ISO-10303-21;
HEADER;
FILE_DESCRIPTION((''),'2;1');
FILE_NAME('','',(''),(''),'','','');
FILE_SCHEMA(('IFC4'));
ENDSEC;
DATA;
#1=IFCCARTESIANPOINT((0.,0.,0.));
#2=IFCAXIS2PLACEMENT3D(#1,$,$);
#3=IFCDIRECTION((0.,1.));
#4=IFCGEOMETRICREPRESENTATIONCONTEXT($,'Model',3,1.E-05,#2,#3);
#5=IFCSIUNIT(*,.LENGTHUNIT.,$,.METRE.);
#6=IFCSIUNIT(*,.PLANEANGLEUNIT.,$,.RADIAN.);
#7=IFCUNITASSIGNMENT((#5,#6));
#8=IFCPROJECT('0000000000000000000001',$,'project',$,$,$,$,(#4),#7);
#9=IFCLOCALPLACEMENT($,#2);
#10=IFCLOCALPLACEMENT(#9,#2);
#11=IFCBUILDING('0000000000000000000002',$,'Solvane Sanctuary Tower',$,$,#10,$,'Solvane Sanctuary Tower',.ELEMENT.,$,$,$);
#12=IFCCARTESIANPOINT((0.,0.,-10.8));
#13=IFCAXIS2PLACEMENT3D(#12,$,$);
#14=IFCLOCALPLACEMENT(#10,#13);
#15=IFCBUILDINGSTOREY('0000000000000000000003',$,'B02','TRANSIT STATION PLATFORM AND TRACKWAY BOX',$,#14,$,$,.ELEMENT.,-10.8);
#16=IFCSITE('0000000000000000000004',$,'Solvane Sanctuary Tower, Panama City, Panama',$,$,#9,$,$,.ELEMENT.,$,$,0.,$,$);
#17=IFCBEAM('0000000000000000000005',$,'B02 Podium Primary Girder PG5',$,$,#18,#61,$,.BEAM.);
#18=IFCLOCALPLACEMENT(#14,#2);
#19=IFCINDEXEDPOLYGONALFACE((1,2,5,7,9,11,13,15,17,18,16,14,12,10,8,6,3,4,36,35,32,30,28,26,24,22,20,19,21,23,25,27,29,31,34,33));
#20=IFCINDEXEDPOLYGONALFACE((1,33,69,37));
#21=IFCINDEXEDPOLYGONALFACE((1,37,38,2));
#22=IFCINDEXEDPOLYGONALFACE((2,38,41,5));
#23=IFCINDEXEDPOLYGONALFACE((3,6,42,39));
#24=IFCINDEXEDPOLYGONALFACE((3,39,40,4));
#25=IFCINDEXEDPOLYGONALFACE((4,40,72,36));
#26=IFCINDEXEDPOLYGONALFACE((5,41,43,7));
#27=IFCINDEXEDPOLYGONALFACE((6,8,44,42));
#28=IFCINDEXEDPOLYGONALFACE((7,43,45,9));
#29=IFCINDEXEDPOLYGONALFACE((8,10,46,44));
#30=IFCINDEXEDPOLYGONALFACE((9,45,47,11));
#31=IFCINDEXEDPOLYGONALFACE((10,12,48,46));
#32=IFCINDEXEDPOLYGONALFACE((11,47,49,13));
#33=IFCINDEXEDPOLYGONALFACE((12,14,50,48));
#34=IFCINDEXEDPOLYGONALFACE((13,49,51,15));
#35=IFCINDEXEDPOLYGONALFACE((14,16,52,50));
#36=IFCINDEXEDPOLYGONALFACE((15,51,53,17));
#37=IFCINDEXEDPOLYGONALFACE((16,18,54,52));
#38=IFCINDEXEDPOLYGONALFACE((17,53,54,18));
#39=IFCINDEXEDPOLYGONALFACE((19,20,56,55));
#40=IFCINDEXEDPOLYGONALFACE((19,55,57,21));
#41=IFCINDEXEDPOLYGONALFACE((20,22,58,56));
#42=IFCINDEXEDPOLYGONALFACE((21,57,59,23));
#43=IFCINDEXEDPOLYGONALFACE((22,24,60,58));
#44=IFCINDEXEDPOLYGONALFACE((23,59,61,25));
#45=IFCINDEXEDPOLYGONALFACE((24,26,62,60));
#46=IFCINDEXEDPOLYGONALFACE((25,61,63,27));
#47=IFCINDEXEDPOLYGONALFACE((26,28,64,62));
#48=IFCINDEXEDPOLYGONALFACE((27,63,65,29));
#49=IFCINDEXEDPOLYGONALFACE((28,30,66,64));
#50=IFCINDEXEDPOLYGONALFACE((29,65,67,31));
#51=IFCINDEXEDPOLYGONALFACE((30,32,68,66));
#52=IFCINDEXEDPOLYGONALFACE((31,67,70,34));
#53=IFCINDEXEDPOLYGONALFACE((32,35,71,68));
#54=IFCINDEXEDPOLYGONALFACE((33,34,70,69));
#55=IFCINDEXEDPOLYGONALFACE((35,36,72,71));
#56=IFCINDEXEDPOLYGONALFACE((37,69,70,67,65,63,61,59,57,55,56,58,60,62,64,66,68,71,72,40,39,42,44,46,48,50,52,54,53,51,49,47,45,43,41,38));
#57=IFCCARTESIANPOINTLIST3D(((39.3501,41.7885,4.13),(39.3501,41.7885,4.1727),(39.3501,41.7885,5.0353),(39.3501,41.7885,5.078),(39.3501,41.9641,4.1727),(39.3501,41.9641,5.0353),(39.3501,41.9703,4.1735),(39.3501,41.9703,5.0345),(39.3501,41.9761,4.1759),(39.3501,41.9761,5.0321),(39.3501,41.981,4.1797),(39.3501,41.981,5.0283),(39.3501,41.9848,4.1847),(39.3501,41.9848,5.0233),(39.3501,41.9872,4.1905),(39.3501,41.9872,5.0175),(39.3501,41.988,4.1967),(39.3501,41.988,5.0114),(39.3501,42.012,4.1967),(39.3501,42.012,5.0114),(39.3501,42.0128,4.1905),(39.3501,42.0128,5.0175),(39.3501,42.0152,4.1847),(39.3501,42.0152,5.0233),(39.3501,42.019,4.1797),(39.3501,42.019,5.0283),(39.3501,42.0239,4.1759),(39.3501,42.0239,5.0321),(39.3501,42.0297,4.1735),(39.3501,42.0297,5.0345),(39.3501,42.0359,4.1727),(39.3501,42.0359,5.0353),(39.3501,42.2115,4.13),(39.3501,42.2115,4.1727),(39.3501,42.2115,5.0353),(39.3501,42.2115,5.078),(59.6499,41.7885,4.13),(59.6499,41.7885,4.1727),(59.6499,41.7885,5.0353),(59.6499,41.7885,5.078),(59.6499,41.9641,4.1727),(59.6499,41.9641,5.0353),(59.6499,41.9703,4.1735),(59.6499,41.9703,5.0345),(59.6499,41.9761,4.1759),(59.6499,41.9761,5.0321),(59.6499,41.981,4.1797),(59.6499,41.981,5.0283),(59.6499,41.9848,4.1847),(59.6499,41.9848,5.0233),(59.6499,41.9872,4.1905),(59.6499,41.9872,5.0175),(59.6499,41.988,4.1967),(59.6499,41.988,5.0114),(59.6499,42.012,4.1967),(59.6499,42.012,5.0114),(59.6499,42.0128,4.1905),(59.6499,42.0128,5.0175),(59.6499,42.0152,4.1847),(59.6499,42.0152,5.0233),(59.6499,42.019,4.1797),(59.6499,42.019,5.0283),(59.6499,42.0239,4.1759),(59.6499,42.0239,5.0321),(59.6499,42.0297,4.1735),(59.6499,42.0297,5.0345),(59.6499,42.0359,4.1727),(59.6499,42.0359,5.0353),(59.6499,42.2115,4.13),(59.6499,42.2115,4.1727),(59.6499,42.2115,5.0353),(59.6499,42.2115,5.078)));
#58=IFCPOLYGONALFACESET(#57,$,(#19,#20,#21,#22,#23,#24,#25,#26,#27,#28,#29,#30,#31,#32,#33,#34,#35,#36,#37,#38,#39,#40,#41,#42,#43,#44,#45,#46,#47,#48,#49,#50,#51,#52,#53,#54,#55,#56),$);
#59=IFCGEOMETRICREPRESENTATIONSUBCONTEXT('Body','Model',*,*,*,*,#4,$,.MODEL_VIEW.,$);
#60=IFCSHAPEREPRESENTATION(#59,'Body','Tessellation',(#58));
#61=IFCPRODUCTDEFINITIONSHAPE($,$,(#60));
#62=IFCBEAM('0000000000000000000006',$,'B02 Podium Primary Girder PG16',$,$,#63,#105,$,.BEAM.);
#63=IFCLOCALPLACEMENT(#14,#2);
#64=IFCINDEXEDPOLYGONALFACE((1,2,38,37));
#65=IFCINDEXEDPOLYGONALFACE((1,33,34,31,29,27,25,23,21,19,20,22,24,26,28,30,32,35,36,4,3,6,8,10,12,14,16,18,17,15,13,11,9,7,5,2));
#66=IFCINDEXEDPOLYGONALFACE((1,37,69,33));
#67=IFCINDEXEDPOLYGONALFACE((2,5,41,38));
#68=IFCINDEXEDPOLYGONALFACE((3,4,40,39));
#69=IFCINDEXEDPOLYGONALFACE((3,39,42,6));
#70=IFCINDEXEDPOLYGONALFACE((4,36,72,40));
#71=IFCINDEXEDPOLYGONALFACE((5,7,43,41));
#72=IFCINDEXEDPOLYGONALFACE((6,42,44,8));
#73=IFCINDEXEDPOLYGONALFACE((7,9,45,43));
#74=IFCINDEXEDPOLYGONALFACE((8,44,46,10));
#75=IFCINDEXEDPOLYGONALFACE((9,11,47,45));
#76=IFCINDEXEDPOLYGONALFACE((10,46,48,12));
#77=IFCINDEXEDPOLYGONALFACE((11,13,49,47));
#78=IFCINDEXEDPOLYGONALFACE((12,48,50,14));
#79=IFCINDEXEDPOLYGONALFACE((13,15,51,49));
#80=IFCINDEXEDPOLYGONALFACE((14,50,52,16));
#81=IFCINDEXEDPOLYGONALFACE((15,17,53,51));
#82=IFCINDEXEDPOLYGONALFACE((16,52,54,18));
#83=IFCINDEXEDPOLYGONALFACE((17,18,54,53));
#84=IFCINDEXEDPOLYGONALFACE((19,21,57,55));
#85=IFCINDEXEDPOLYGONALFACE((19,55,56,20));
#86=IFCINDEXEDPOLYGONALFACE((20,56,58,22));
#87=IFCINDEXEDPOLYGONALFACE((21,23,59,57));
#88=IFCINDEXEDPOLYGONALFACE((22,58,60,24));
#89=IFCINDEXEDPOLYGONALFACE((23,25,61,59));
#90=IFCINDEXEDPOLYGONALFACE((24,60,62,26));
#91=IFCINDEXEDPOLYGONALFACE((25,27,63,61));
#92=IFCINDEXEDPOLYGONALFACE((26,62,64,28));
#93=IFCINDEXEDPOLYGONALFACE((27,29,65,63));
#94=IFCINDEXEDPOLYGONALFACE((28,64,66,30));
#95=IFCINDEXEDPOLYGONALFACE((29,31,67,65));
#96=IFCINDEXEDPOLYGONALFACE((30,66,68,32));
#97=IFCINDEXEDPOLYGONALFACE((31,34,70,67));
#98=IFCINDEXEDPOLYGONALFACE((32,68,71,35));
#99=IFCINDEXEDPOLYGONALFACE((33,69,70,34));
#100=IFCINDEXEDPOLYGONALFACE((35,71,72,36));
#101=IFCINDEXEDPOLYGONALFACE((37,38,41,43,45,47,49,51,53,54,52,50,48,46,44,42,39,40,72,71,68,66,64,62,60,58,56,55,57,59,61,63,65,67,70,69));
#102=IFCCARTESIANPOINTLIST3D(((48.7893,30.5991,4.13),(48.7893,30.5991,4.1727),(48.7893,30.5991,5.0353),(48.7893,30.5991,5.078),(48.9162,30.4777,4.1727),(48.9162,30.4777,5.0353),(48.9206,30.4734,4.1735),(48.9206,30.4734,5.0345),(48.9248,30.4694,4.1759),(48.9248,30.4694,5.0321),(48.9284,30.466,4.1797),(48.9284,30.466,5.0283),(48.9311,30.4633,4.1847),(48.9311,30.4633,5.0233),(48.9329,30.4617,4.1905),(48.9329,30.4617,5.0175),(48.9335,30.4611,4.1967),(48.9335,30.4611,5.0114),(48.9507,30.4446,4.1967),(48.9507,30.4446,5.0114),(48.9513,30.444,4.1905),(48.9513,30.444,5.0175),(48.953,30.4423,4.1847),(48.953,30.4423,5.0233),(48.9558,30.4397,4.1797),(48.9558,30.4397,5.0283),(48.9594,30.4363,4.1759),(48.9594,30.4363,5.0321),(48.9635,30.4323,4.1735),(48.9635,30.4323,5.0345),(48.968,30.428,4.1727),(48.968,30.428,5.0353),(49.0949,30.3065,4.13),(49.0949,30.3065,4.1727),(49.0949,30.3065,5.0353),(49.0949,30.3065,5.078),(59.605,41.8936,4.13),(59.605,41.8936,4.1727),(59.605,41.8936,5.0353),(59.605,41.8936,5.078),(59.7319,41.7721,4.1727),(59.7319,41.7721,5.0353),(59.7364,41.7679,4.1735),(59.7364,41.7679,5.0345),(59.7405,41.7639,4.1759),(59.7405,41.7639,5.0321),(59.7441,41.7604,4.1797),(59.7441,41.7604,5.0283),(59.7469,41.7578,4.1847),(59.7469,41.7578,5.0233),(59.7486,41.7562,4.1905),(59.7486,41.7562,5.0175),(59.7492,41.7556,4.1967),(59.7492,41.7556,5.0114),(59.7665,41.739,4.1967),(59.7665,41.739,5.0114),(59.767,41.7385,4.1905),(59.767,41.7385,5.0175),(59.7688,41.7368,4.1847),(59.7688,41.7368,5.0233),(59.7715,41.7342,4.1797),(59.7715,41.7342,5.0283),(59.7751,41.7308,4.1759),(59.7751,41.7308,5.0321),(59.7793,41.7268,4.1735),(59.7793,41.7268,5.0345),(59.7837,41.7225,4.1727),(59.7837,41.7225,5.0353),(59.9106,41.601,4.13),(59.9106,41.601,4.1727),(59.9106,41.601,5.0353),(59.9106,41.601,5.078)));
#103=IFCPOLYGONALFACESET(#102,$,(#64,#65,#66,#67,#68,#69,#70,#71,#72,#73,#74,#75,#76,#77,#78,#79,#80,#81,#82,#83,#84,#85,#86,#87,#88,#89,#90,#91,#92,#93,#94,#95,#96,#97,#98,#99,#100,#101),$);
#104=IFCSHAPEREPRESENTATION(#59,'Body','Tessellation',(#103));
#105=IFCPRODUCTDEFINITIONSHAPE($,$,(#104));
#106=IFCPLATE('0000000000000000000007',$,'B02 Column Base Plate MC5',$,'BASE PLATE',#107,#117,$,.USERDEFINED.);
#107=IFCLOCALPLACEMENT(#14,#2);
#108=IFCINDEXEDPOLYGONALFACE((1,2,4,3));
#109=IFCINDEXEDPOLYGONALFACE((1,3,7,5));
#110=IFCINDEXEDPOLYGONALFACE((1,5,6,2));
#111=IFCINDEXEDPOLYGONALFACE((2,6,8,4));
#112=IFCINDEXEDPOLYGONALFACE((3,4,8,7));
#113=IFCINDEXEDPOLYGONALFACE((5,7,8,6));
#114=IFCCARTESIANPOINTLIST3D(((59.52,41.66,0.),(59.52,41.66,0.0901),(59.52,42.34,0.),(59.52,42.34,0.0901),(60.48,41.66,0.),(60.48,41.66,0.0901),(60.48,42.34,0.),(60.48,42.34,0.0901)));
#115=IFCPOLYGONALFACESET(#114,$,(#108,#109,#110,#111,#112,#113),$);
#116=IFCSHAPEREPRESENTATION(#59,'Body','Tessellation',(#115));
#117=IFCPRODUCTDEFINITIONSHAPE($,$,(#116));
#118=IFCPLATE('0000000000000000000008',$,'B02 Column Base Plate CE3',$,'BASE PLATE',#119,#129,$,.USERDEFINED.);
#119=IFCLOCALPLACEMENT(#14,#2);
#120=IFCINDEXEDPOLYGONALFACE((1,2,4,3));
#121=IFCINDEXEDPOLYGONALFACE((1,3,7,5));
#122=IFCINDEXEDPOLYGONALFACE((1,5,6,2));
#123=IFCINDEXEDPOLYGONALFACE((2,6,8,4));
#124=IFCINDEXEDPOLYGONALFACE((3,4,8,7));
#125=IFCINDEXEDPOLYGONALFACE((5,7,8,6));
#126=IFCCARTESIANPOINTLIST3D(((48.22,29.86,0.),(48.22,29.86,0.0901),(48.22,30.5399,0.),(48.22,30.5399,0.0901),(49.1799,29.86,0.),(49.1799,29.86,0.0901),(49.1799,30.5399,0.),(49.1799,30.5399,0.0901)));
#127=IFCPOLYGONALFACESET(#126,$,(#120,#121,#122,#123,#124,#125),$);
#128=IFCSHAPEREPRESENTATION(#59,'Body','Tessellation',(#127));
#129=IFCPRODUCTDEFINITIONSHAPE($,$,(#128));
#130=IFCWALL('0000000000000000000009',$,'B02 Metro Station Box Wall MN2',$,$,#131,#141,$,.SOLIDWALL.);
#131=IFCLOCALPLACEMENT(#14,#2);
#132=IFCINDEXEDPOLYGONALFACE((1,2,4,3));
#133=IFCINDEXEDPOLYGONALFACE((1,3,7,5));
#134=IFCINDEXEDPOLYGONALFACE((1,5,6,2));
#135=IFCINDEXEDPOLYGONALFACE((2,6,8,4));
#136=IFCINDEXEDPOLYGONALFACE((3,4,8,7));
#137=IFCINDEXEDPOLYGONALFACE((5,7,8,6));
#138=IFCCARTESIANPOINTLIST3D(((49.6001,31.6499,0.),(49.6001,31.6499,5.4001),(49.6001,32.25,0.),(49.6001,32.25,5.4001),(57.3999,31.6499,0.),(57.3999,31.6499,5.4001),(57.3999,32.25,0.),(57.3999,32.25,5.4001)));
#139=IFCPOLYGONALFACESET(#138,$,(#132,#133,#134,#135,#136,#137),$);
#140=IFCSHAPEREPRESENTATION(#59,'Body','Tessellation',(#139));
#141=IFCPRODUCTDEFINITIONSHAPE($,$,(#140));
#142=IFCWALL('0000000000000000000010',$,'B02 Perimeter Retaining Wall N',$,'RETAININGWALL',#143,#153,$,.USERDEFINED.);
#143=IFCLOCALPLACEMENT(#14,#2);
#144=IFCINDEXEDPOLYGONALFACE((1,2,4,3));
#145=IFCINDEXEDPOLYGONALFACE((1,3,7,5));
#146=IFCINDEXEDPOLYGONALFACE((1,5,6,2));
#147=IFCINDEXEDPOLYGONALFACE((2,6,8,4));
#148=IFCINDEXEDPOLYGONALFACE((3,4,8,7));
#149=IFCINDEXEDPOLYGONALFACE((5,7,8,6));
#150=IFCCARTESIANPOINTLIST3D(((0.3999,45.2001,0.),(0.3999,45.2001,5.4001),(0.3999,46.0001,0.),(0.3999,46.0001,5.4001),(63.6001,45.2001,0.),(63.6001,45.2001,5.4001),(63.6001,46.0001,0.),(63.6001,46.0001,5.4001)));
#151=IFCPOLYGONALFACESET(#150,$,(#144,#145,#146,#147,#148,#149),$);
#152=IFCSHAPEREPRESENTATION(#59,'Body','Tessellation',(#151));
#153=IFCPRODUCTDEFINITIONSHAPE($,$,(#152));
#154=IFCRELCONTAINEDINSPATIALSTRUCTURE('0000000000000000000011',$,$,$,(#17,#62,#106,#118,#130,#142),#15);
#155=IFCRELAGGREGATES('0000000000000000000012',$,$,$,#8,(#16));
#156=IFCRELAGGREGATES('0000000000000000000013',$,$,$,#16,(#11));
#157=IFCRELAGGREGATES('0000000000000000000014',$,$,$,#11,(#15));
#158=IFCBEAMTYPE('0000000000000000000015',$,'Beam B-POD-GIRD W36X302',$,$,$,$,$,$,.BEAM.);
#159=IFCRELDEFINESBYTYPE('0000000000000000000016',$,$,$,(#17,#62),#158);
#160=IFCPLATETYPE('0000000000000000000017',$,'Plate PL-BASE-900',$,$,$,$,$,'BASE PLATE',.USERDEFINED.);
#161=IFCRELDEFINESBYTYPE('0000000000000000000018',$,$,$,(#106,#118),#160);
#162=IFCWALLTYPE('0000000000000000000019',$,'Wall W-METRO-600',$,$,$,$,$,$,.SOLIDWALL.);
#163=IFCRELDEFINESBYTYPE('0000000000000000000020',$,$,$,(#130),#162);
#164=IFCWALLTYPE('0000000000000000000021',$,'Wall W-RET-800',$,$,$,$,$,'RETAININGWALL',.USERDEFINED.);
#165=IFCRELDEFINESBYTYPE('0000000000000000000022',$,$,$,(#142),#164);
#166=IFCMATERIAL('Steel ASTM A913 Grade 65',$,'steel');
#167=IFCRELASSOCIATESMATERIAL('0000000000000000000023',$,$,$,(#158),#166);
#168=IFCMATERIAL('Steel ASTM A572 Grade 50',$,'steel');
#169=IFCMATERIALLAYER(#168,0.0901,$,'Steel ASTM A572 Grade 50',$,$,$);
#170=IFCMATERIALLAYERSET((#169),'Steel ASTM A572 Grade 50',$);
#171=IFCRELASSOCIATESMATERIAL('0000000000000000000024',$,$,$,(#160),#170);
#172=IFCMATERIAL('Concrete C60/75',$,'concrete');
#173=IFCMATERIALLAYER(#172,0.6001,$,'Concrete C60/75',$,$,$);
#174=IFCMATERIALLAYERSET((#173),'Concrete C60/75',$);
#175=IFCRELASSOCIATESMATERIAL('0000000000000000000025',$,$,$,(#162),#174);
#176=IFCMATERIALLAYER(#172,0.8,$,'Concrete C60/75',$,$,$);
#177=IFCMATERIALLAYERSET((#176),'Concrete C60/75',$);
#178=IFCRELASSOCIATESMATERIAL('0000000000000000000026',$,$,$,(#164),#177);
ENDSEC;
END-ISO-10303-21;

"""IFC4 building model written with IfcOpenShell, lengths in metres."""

from ifc_helpers import new_model, si_unit, direction, frame, frame_2d, origin, origin_2d, place, context, subcontext, project, spatial, rectangle, i_section, extrude, material, layer, layer_set, material_profile, profile_set, type_object, element, save


model = new_model("IFC4")

# Units and contexts
model_context = context("Model", 3, precision=1e-05, world=origin(), true_north=direction((0.0, 1.0)))
body_context = subcontext(model_context, "Body", "Model", "MODEL_VIEW")
ifc_project = project(units=[si_unit("LENGTHUNIT", "METRE"), si_unit("PLANEANGLEUNIT", "RADIAN")], contexts=[model_context])

# Site, building, storey
site_placement = place(None, origin())
site = spatial("IfcSite", under=ifc_project, at=site_placement, Name="Solvane Sanctuary Tower, Panama City, Panama", CompositionType="ELEMENT", RefElevation=0.0)
building_placement = place(site_placement, origin())
building = spatial("IfcBuilding", under=site, at=building_placement, Name="Solvane Sanctuary Tower", LongName="Solvane Sanctuary Tower", CompositionType="ELEMENT")
storey_placement = place(building_placement, frame((0.0, 0.0, -10.8)))
storey = spatial("IfcBuildingStorey", under=building, at=storey_placement, Name="B02", Description="TRANSIT STATION PLATFORM AND TRACKWAY BOX", CompositionType="ELEMENT", Elevation=-10.8)

# Beams
ifc_material_1 = material(Name="Steel ASTM A913 Grade 65", Category="steel")
ifc_material_profile_1 = material_profile(ifc_material_1, i_section(OverallWidth=0.4231, OverallDepth=0.948, WebThickness=0.0239, FlangeThickness=0.0427, FilletRadius=0.0239, at=origin_2d()), Name="W36X302")
ifc_profile_set_1 = profile_set([ifc_material_profile_1], Name="Steel ASTM A913 Grade 65")
beam_type = type_object("IfcBeamType", Name="Beam B-POD-GIRD W36X302", PredefinedType="BEAM", material=ifc_profile_set_1)
beam_1_placement = place(storey_placement, frame((59.6499, 42.0, 4.604), z_axis=(-1.0, 0.0, 0.0), x_axis=(0.0, -1.0, 0.0)))
element("IfcBeam", 1, at=beam_1_placement, inside=storey, type_object=beam_type, Name="B02 Podium Primary Girder PG5", PredefinedType="BEAM", context=body_context, shape_type="SweptSolid", body=[
    extrude(i_section(OverallWidth=0.4231, OverallDepth=0.948, WebThickness=0.0239, FlangeThickness=0.0427, FilletRadius=0.0239, at=origin_2d()), origin(), (0.0, 0.0, 1.0), 20.2998),
])
beam_2_placement = place(storey_placement, frame((59.7578, 41.7473, 4.604), z_axis=(-0.691633, -0.722249, 0.0), x_axis=(0.722249, -0.691633, 0.0)))
element("IfcBeam", 2, at=beam_2_placement, inside=storey, type_object=beam_type, Name="B02 Podium Primary Girder PG16", PredefinedType="BEAM", context=body_context, shape_type="SweptSolid", body=[
    extrude(i_section(OverallWidth=0.4231, OverallDepth=0.948, WebThickness=0.0239, FlangeThickness=0.0427, FilletRadius=0.0239, at=origin_2d()), origin(), (0.0, 0.0, 1.0), 15.6379),
])

# Plates
ifc_material_2 = material(Name="Steel ASTM A572 Grade 50", Category="steel")
ifc_layer_1 = layer(ifc_material_2, 0.0901, Name="Steel ASTM A572 Grade 50")
ifc_layer_set_1 = layer_set([ifc_layer_1], Name="Steel ASTM A572 Grade 50")
plate_type = type_object("IfcPlateType", Name="Plate PL-BASE-900", ElementType="BASE PLATE", PredefinedType="USERDEFINED", material=ifc_layer_set_1)
for number, where, z_axis, x_axis, name in (
    (3, (60.0, 42.0, 0.0), (0.0, 0.0, 1.0), (1.0, 0.0, 0.0), "B02 Column Base Plate MC5"),
    (4, (48.7, 30.2, 0.0), (0.0, 0.0, 1.0), (1.0, 0.0, 0.0), "B02 Column Base Plate CE3"),
):
    element("IfcPlate", number, at=place(storey_placement, frame(where, z_axis=z_axis, x_axis=x_axis)), inside=storey, type_object=plate_type, Name=name, ObjectType="BASE PLATE", PredefinedType="USERDEFINED", context=body_context, shape_type="SweptSolid", body=[
        extrude(rectangle(XDim=0.96, YDim=0.6799, at=origin_2d()), origin(), (0.0, 0.0, 1.0), 0.0901),
    ])

# Walls
ifc_material_3 = material(Name="Concrete C60/75", Category="concrete")
ifc_layer_2 = layer(ifc_material_3, 0.6001, Name="Concrete C60/75")
ifc_layer_set_2 = layer_set([ifc_layer_2], Name="Concrete C60/75")
wall_type_1 = type_object("IfcWallType", Name="Wall W-METRO-600", PredefinedType="SOLIDWALL", material=ifc_layer_set_2)
wall_1_placement = place(storey_placement, frame((49.6001, 31.95, 0.0), z_axis=(0.0, 0.0, 1.0), x_axis=(1.0, 0.0, 0.0)))
element("IfcWall", 5, at=wall_1_placement, inside=storey, type_object=wall_type_1, Name="B02 Metro Station Box Wall MN2", PredefinedType="SOLIDWALL", context=body_context, shape_type="SweptSolid", body=[
    extrude(rectangle(XDim=7.7998, YDim=0.6001, at=frame_2d((3.8999, 0.0))), origin(), (0.0, 0.0, 1.0), 5.4001),
])
ifc_layer_3 = layer(ifc_material_3, 0.8, Name="Concrete C60/75")
ifc_layer_set_3 = layer_set([ifc_layer_3], Name="Concrete C60/75")
wall_type_2 = type_object("IfcWallType", Name="Wall W-RET-800", ElementType="RETAININGWALL", PredefinedType="USERDEFINED", material=ifc_layer_set_3)
wall_2_placement = place(storey_placement, frame((63.6001, 45.6001, 0.0), z_axis=(0.0, 0.0, 1.0), x_axis=(-1.0, 0.0, 0.0)))
element("IfcWall", 6, at=wall_2_placement, inside=storey, type_object=wall_type_2, Name="B02 Perimeter Retaining Wall N", ObjectType="RETAININGWALL", PredefinedType="USERDEFINED", context=body_context, shape_type="SweptSolid", body=[
    extrude(rectangle(XDim=63.2002, YDim=0.8, at=frame_2d((31.6001, 0.0))), origin(), (0.0, 0.0, 1.0), 5.4001),
])

save(model, "model.ifc")
